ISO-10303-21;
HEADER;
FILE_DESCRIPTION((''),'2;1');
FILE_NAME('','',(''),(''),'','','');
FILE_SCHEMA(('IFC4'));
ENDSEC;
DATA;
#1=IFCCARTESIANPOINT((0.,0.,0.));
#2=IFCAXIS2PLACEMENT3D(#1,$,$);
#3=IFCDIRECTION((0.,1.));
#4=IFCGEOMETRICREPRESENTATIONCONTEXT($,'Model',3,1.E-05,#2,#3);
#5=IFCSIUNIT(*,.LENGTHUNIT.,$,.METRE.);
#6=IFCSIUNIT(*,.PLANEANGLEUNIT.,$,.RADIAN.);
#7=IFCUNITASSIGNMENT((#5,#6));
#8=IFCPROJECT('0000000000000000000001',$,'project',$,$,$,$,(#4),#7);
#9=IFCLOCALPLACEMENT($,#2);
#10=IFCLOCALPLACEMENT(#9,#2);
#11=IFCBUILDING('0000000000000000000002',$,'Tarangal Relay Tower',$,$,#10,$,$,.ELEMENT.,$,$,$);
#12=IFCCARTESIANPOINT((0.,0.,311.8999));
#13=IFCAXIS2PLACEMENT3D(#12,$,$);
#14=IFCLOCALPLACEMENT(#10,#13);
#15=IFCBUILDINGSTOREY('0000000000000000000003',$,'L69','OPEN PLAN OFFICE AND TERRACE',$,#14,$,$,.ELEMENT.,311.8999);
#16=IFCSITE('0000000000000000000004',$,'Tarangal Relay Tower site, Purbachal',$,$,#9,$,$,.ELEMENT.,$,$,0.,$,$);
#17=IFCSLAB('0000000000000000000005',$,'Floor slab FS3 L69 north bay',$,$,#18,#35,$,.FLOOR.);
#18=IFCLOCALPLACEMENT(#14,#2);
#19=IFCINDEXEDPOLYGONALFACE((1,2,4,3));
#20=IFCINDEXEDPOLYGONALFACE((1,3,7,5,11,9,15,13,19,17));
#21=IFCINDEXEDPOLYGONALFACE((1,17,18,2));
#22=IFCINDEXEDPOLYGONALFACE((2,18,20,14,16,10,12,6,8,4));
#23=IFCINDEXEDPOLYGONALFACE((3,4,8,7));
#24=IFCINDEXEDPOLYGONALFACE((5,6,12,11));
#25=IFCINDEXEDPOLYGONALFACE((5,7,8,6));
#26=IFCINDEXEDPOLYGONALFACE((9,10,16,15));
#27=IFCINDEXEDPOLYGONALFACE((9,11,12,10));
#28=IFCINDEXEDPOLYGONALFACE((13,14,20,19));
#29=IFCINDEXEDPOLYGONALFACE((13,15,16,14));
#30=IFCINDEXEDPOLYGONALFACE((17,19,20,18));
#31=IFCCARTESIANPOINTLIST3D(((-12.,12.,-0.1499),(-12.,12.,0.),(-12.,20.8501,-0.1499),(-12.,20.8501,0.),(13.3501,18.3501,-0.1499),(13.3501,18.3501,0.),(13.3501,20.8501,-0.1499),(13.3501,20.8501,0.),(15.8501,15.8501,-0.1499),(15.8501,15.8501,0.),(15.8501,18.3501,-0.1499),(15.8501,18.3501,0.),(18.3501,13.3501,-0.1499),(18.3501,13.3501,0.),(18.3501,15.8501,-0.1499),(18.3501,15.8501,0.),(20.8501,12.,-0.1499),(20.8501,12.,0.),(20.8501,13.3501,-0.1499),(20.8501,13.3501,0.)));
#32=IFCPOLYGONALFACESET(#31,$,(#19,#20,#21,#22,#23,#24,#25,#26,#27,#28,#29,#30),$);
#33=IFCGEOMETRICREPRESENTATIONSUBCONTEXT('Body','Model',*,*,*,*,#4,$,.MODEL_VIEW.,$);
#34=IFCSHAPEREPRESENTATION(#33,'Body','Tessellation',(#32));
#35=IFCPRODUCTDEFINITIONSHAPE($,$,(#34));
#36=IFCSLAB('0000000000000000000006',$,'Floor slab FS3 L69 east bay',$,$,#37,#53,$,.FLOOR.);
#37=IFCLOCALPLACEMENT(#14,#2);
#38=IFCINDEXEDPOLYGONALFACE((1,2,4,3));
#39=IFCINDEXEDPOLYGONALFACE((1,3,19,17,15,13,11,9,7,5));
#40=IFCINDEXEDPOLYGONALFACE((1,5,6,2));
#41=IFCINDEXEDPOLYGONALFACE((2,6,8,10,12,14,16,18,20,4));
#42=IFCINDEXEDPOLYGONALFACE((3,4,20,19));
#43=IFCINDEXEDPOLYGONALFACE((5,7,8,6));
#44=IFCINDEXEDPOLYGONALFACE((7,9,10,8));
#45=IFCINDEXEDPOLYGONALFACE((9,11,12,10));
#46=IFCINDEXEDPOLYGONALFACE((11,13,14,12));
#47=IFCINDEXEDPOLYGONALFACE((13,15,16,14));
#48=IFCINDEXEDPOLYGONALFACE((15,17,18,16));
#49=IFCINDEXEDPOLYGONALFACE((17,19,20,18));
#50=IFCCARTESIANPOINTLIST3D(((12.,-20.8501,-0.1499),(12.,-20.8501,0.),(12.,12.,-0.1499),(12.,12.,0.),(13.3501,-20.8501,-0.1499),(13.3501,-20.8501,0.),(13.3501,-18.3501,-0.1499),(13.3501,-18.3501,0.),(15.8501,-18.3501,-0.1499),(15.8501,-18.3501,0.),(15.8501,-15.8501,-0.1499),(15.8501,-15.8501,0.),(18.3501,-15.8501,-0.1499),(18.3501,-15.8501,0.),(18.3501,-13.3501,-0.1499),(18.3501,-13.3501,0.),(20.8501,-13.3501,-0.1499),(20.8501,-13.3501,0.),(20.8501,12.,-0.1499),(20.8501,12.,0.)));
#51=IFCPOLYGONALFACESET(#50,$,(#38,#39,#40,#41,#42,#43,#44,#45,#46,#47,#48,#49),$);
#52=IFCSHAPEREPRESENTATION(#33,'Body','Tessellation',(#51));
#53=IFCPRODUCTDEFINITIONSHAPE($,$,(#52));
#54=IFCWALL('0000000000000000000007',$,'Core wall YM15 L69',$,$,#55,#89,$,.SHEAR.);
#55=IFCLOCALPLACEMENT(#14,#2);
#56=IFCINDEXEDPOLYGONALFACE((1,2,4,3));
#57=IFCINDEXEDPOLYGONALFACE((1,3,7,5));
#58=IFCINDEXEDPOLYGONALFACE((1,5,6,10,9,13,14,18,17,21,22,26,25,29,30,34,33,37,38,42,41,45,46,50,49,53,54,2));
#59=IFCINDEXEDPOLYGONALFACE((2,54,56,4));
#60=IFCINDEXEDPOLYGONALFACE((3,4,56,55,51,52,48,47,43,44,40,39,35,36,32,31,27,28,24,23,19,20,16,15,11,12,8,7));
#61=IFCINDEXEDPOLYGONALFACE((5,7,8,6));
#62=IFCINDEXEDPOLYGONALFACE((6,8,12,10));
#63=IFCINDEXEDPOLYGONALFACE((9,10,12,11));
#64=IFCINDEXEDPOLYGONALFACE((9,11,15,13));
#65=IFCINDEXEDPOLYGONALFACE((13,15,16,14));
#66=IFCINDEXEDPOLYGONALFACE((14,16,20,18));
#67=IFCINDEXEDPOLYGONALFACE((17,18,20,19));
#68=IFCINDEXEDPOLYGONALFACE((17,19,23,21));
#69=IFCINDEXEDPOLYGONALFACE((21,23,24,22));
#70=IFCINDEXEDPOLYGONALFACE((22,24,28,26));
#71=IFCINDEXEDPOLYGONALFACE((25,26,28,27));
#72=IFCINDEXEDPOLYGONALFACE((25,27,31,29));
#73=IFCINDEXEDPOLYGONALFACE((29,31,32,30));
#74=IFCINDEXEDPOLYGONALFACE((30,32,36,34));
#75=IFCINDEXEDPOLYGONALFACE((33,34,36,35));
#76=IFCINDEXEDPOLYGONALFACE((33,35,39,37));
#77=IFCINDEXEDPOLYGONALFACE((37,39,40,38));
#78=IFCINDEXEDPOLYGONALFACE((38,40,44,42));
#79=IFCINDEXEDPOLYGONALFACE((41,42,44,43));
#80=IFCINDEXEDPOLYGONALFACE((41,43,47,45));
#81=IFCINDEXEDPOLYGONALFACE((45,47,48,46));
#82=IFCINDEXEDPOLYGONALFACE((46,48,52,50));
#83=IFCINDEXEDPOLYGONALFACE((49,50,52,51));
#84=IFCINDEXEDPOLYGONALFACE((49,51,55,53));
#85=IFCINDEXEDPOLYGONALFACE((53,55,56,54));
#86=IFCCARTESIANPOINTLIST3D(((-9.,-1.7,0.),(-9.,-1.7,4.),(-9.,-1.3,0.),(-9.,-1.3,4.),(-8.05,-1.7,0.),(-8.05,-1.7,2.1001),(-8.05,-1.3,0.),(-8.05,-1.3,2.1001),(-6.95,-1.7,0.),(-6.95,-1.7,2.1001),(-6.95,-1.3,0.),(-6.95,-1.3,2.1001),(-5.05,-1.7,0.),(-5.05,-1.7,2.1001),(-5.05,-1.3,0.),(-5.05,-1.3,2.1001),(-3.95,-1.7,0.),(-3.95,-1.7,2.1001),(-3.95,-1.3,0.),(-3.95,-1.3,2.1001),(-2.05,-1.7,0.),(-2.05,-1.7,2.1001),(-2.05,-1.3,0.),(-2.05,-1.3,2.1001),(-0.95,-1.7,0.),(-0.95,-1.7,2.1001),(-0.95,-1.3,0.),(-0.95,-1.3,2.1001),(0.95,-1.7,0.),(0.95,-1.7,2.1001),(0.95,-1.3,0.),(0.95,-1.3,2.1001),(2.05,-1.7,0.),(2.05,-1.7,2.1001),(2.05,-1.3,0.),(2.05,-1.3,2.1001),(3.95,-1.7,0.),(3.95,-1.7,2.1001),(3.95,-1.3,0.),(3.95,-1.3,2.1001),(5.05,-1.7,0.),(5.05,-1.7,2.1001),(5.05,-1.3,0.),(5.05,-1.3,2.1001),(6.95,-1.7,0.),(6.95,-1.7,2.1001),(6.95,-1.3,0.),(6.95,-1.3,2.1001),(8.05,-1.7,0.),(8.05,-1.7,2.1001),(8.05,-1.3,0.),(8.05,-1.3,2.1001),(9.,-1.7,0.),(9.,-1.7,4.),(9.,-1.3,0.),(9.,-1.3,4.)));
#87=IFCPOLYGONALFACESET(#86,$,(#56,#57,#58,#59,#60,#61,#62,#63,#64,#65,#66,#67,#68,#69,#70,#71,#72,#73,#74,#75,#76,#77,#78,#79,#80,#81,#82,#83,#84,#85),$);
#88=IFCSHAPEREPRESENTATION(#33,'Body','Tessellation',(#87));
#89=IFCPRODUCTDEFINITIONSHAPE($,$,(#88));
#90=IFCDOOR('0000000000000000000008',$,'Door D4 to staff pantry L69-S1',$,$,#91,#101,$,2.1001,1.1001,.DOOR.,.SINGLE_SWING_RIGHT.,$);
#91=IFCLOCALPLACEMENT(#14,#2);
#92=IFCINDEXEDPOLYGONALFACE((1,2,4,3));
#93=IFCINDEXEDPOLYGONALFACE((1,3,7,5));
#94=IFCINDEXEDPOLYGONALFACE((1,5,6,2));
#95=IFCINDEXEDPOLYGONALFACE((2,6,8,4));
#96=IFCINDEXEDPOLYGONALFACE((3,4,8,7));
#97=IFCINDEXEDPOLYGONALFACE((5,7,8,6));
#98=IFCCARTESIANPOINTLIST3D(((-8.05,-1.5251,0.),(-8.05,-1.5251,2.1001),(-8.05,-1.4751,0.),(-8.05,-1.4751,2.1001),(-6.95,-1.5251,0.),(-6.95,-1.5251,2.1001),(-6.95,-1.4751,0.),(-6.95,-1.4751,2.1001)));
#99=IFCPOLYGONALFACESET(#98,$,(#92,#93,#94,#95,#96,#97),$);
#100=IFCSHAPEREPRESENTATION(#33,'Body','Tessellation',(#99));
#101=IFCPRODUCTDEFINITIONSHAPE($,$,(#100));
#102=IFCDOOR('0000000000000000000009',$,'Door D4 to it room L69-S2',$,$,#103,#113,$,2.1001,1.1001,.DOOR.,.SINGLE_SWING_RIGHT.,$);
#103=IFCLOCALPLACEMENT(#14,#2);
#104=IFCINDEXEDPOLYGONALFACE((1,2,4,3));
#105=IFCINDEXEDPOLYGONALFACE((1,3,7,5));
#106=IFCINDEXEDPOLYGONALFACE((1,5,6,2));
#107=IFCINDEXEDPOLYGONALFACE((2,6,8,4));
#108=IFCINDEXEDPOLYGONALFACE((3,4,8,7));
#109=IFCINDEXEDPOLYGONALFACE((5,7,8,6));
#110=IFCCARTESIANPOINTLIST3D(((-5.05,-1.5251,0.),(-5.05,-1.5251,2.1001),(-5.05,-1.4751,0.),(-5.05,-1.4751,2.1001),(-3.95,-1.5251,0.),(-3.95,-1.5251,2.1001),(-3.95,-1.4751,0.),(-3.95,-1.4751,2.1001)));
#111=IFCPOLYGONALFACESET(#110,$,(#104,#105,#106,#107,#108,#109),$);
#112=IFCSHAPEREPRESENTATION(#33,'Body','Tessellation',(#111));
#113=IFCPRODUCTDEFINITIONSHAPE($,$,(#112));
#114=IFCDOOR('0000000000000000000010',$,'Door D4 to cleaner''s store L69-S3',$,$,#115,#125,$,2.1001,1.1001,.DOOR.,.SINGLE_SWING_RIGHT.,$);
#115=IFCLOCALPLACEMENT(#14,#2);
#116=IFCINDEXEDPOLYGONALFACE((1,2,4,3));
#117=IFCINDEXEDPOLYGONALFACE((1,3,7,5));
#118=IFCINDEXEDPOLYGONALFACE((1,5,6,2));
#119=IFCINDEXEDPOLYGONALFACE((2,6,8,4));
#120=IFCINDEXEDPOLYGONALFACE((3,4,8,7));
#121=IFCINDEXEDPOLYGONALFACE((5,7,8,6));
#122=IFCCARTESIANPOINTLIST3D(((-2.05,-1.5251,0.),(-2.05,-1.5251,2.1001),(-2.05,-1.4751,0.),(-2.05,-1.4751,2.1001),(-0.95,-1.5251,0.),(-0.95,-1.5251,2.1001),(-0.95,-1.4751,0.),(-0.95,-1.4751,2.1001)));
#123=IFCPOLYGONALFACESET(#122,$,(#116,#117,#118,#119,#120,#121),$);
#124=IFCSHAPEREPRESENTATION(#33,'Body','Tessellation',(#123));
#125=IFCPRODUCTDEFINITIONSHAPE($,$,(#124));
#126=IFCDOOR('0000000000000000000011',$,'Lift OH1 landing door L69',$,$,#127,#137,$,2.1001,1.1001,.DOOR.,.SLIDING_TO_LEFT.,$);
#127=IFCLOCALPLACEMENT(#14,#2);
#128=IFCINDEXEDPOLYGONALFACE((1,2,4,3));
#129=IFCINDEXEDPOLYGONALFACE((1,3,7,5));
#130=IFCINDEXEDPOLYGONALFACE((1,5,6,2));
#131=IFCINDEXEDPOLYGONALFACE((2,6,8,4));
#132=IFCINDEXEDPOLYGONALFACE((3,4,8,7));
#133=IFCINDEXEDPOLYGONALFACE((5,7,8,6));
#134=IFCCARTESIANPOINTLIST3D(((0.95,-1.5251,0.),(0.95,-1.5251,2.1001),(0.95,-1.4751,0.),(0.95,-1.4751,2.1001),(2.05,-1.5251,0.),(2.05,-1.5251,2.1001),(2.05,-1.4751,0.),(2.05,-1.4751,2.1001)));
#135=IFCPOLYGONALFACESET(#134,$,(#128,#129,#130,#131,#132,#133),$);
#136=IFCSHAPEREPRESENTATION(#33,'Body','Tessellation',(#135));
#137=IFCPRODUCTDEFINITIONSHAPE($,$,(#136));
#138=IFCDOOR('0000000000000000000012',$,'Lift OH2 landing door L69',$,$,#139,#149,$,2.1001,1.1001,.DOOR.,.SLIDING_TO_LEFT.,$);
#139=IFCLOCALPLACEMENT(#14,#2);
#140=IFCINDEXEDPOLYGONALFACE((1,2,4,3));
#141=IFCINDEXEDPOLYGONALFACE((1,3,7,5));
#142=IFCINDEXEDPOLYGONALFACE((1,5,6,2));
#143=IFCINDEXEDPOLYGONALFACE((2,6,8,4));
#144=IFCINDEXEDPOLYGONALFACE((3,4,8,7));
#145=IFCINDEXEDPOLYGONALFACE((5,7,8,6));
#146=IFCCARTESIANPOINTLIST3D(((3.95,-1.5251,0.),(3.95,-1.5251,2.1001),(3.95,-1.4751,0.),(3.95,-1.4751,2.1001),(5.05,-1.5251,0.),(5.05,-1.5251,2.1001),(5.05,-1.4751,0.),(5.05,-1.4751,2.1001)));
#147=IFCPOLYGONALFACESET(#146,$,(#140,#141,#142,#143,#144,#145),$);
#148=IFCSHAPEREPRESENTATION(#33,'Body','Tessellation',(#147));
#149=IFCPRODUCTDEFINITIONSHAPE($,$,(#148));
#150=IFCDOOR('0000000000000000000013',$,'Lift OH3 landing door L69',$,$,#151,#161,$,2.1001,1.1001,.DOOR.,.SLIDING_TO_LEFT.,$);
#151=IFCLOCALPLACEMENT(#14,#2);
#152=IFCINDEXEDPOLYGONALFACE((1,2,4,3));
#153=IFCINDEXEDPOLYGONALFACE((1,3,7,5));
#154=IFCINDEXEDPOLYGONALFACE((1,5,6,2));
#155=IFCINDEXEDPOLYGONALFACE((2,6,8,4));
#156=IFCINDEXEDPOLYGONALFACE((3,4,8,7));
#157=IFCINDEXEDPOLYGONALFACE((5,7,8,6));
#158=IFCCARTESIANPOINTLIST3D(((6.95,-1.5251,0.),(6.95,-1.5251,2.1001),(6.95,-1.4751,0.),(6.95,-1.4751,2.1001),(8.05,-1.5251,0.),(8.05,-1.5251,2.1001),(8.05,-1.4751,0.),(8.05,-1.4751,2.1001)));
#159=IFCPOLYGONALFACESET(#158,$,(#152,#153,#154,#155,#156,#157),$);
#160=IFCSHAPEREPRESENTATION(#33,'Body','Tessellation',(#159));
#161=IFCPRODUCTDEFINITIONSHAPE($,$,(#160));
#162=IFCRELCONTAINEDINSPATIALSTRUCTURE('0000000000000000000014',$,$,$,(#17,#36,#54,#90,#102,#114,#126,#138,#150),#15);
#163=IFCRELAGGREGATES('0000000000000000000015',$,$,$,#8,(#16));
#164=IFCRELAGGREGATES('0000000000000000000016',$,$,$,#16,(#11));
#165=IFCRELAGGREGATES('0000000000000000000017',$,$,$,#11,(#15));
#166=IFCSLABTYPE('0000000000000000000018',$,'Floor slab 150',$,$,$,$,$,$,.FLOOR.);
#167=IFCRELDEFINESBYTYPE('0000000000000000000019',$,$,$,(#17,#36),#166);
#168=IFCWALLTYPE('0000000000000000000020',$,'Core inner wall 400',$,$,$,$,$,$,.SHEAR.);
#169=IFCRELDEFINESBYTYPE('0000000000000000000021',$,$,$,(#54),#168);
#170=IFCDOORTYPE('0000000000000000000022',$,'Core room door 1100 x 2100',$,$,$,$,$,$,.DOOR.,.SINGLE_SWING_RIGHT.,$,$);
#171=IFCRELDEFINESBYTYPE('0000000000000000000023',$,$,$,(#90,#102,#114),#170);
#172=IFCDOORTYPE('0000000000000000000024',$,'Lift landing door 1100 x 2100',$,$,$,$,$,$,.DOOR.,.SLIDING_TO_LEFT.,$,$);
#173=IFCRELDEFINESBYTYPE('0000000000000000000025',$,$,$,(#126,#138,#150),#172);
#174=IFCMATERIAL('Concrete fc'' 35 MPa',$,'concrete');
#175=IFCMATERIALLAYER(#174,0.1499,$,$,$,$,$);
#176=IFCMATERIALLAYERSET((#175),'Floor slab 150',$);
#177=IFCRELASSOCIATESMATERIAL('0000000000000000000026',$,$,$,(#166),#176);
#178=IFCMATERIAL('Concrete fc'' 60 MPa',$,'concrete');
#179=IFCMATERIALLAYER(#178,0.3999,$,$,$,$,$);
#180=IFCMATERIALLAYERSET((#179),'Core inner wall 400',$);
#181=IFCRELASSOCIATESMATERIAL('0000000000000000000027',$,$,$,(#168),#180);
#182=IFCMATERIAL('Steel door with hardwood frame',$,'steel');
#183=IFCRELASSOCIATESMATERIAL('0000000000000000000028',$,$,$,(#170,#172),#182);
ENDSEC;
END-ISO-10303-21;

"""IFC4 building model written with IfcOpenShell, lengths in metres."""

from ifc_helpers import new_model, si_unit, direction, frame, frame_2d, origin, place, context, subcontext, project, spatial, polyline, rectangle, outline, extrude, material, layer, layer_set, type_object, element, fill, save


model = new_model("IFC4")

# Units and contexts
model_context = context("Model", 3, precision=1e-05, world=origin(), true_north=direction((0.0, 1.0)))
body_context = subcontext(model_context, "Body", "Model", "MODEL_VIEW")
ifc_project = project(units=[si_unit("LENGTHUNIT", "METRE"), si_unit("PLANEANGLEUNIT", "RADIAN")], contexts=[model_context])

# Site, building, storey
site_placement = place(None, origin())
site = spatial("IfcSite", under=ifc_project, at=site_placement, Name="Tarangal Relay Tower site, Purbachal", CompositionType="ELEMENT", RefElevation=0.0)
building_placement = place(site_placement, origin())
building = spatial("IfcBuilding", under=site, at=building_placement, Name="Tarangal Relay Tower", CompositionType="ELEMENT")
storey_placement = place(building_placement, frame((0.0, 0.0, 311.8999)))
storey = spatial("IfcBuildingStorey", under=building, at=storey_placement, Name="L69", Description="OPEN PLAN OFFICE AND TERRACE", CompositionType="ELEMENT", Elevation=311.8999)

# Slabs
ifc_material_1 = material(Name="Concrete fc' 35 MPa", Category="concrete")
ifc_layer_1 = layer(ifc_material_1, 0.1499)
ifc_layer_set_1 = layer_set([ifc_layer_1], Name="Floor slab 150")
slab_type = type_object("IfcSlabType", Name="Floor slab 150", PredefinedType="FLOOR", material=ifc_layer_set_1)
slab_1_placement = place(storey_placement, frame((0.0, 0.0, -0.1499)))
element("IfcSlab", 1, at=slab_1_placement, inside=storey, type_object=slab_type, Name="Floor slab FS3 L69 north bay", PredefinedType="FLOOR", context=body_context, shape_type="SweptSolid", body=[
    extrude(outline(polyline([(13.3501, 20.8501), (13.3501, 18.3501), (15.8501, 18.3501), (15.8501, 15.8501), (18.3501, 15.8501), (18.3501, 13.3501), (20.8501, 13.3501), (20.8501, 12.0), (-12.0, 12.0), (-12.0, 20.8501), (13.3501, 20.8501)])), origin(), (0.0, 0.0, 1.0), 0.1499),
])
slab_2_placement = place(storey_placement, frame((0.0, 0.0, -0.1499)))
element("IfcSlab", 2, at=slab_2_placement, inside=storey, type_object=slab_type, Name="Floor slab FS3 L69 east bay", PredefinedType="FLOOR", context=body_context, shape_type="SweptSolid", body=[
    extrude(outline(polyline([(20.8501, -13.3501), (18.3501, -13.3501), (18.3501, -15.8501), (15.8501, -15.8501), (15.8501, -18.3501), (13.3501, -18.3501), (13.3501, -20.8501), (12.0, -20.8501), (12.0, 12.0), (20.8501, 12.0), (20.8501, -13.3501)])), origin(), (0.0, 0.0, 1.0), 0.1499),
])

# Wall, openings, doors
ifc_material_2 = material(Name="Concrete fc' 60 MPa", Category="concrete")
ifc_layer_2 = layer(ifc_material_2, 0.3999)
ifc_layer_set_2 = layer_set([ifc_layer_2], Name="Core inner wall 400")
wall_type_1 = type_object("IfcWallType", Name="Core inner wall 400", PredefinedType="SHEAR", material=ifc_layer_set_2)
wall_1_placement = place(storey_placement, frame((-9.0, -1.5, 0.0), z_axis=(0.0, 0.0, 1.0), x_axis=(1.0, 0.0, 0.0)))
wall_1 = element("IfcWall", 3, at=wall_1_placement, inside=storey, type_object=wall_type_1, Name="Core wall YM15 L69", PredefinedType="SHEAR", context=body_context, shape_type="SweptSolid", body=[
    extrude(rectangle(XDim=18.0, YDim=0.3999, at=frame_2d((9.0, 0.0))), origin(), (0.0, 0.0, 1.0), 4.0),
])
opening_1_placement = place(wall_1_placement, frame((9.95, 0.0, 0.0)))
opening_1 = element("IfcOpeningElement", 4, at=opening_1_placement, cuts=wall_1, PredefinedType="OPENING", context=body_context, shape_type="SweptSolid", body=[
    extrude(rectangle(XDim=1.1001, YDim=2.1001, at=frame_2d((0.55, 1.05))), frame((0.0, 0.21, 0.0), z_axis=(0.0, -1.0, 0.0), x_axis=(1.0, 0.0, 0.0)), (0.0, 0.0, 1.0), 0.4199),
])
opening_2_placement = place(wall_1_placement, frame((12.95, 0.0, 0.0)))
opening_2 = element("IfcOpeningElement", 5, at=opening_2_placement, cuts=wall_1, PredefinedType="OPENING", context=body_context, shape_type="SweptSolid", body=[
    extrude(rectangle(XDim=1.1001, YDim=2.1001, at=frame_2d((0.55, 1.05))), frame((0.0, 0.21, 0.0), z_axis=(0.0, -1.0, 0.0), x_axis=(1.0, 0.0, 0.0)), (0.0, 0.0, 1.0), 0.4199),
])
opening_3_placement = place(wall_1_placement, frame((15.95, 0.0, 0.0)))
opening_3 = element("IfcOpeningElement", 6, at=opening_3_placement, cuts=wall_1, PredefinedType="OPENING", context=body_context, shape_type="SweptSolid", body=[
    extrude(rectangle(XDim=1.1001, YDim=2.1001, at=frame_2d((0.55, 1.05))), frame((0.0, 0.21, 0.0), z_axis=(0.0, -1.0, 0.0), x_axis=(1.0, 0.0, 0.0)), (0.0, 0.0, 1.0), 0.4199),
])
opening_4_placement = place(wall_1_placement, frame((0.95, 0.0, 0.0)))
opening_4 = element("IfcOpeningElement", 7, at=opening_4_placement, cuts=wall_1, PredefinedType="OPENING", context=body_context, shape_type="SweptSolid", body=[
    extrude(rectangle(XDim=1.1001, YDim=2.1001, at=frame_2d((0.55, 1.05))), frame((0.0, 0.21, 0.0), z_axis=(0.0, -1.0, 0.0), x_axis=(1.0, 0.0, 0.0)), (0.0, 0.0, 1.0), 0.4199),
])
opening_5_placement = place(wall_1_placement, frame((3.95, 0.0, 0.0)))
opening_5 = element("IfcOpeningElement", 8, at=opening_5_placement, cuts=wall_1, PredefinedType="OPENING", context=body_context, shape_type="SweptSolid", body=[
    extrude(rectangle(XDim=1.1001, YDim=2.1001, at=frame_2d((0.55, 1.05))), frame((0.0, 0.21, 0.0), z_axis=(0.0, -1.0, 0.0), x_axis=(1.0, 0.0, 0.0)), (0.0, 0.0, 1.0), 0.4199),
])
opening_6_placement = place(wall_1_placement, frame((6.95, 0.0, 0.0)))
opening_6 = element("IfcOpeningElement", 9, at=opening_6_placement, cuts=wall_1, PredefinedType="OPENING", context=body_context, shape_type="SweptSolid", body=[
    extrude(rectangle(XDim=1.1001, YDim=2.1001, at=frame_2d((0.55, 1.05))), frame((0.0, 0.21, 0.0), z_axis=(0.0, -1.0, 0.0), x_axis=(1.0, 0.0, 0.0)), (0.0, 0.0, 1.0), 0.4199),
])
ifc_material_3 = material(Name="Steel door with hardwood frame", Category="steel")
door_type_1 = type_object("IfcDoorType", Name="Core room door 1100 x 2100", OperationType="SINGLE_SWING_RIGHT", PredefinedType="DOOR", material=ifc_material_3)
door_1_placement = place(opening_4_placement, origin())
door_1 = element("IfcDoor", 10, at=door_1_placement, inside=storey, type_object=door_type_1, Name="Door D4 to staff pantry L69-S1", OperationType="SINGLE_SWING_RIGHT", OverallHeight=2.1001, OverallWidth=1.1001, PredefinedType="DOOR", context=body_context, shape_type="SweptSolid", body=[
    extrude(rectangle(XDim=1.1001, YDim=2.1001, at=frame_2d((0.55, 1.05))), frame((0.0, 0.0249, 0.0), z_axis=(0.0, -1.0, 0.0), x_axis=(1.0, 0.0, 0.0)), (0.0, 0.0, 1.0), 0.05),
])
fill(opening_4, door_1)
door_2_placement = place(opening_5_placement, origin())
door_2 = element("IfcDoor", 11, at=door_2_placement, inside=storey, type_object=door_type_1, Name="Door D4 to it room L69-S2", OperationType="SINGLE_SWING_RIGHT", OverallHeight=2.1001, OverallWidth=1.1001, PredefinedType="DOOR", context=body_context, shape_type="SweptSolid", body=[
    extrude(rectangle(XDim=1.1001, YDim=2.1001, at=frame_2d((0.55, 1.05))), frame((0.0, 0.0249, 0.0), z_axis=(0.0, -1.0, 0.0), x_axis=(1.0, 0.0, 0.0)), (0.0, 0.0, 1.0), 0.05),
])
fill(opening_5, door_2)
door_3_placement = place(opening_6_placement, origin())
door_3 = element("IfcDoor", 12, at=door_3_placement, inside=storey, type_object=door_type_1, Name="Door D4 to cleaner's store L69-S3", OperationType="SINGLE_SWING_RIGHT", OverallHeight=2.1001, OverallWidth=1.1001, PredefinedType="DOOR", context=body_context, shape_type="SweptSolid", body=[
    extrude(rectangle(XDim=1.1001, YDim=2.1001, at=frame_2d((0.55, 1.05))), frame((0.0, 0.0249, 0.0), z_axis=(0.0, -1.0, 0.0), x_axis=(1.0, 0.0, 0.0)), (0.0, 0.0, 1.0), 0.05),
])
fill(opening_6, door_3)
door_type_2 = type_object("IfcDoorType", Name="Lift landing door 1100 x 2100", OperationType="SLIDING_TO_LEFT", PredefinedType="DOOR", material=ifc_material_3)
door_4_placement = place(opening_1_placement, origin())
door_4 = element("IfcDoor", 13, at=door_4_placement, inside=storey, type_object=door_type_2, Name="Lift OH1 landing door L69", OperationType="SLIDING_TO_LEFT", OverallHeight=2.1001, OverallWidth=1.1001, PredefinedType="DOOR", context=body_context, shape_type="SweptSolid", body=[
    extrude(rectangle(XDim=1.1001, YDim=2.1001, at=frame_2d((0.55, 1.05))), frame((0.0, 0.0249, 0.0), z_axis=(0.0, -1.0, 0.0), x_axis=(1.0, 0.0, 0.0)), (0.0, 0.0, 1.0), 0.05),
])
fill(opening_1, door_4)
door_5_placement = place(opening_2_placement, origin())
door_5 = element("IfcDoor", 14, at=door_5_placement, inside=storey, type_object=door_type_2, Name="Lift OH2 landing door L69", OperationType="SLIDING_TO_LEFT", OverallHeight=2.1001, OverallWidth=1.1001, PredefinedType="DOOR", context=body_context, shape_type="SweptSolid", body=[
    extrude(rectangle(XDim=1.1001, YDim=2.1001, at=frame_2d((0.55, 1.05))), frame((0.0, 0.0249, 0.0), z_axis=(0.0, -1.0, 0.0), x_axis=(1.0, 0.0, 0.0)), (0.0, 0.0, 1.0), 0.05),
])
fill(opening_2, door_5)
door_6_placement = place(opening_3_placement, origin())
door_6 = element("IfcDoor", 15, at=door_6_placement, inside=storey, type_object=door_type_2, Name="Lift OH3 landing door L69", OperationType="SLIDING_TO_LEFT", OverallHeight=2.1001, OverallWidth=1.1001, PredefinedType="DOOR", context=body_context, shape_type="SweptSolid", body=[
    extrude(rectangle(XDim=1.1001, YDim=2.1001, at=frame_2d((0.55, 1.05))), frame((0.0, 0.0249, 0.0), z_axis=(0.0, -1.0, 0.0), x_axis=(1.0, 0.0, 0.0)), (0.0, 0.0, 1.0), 0.05),
])
fill(opening_3, door_6)

save(model, "model.ifc")
